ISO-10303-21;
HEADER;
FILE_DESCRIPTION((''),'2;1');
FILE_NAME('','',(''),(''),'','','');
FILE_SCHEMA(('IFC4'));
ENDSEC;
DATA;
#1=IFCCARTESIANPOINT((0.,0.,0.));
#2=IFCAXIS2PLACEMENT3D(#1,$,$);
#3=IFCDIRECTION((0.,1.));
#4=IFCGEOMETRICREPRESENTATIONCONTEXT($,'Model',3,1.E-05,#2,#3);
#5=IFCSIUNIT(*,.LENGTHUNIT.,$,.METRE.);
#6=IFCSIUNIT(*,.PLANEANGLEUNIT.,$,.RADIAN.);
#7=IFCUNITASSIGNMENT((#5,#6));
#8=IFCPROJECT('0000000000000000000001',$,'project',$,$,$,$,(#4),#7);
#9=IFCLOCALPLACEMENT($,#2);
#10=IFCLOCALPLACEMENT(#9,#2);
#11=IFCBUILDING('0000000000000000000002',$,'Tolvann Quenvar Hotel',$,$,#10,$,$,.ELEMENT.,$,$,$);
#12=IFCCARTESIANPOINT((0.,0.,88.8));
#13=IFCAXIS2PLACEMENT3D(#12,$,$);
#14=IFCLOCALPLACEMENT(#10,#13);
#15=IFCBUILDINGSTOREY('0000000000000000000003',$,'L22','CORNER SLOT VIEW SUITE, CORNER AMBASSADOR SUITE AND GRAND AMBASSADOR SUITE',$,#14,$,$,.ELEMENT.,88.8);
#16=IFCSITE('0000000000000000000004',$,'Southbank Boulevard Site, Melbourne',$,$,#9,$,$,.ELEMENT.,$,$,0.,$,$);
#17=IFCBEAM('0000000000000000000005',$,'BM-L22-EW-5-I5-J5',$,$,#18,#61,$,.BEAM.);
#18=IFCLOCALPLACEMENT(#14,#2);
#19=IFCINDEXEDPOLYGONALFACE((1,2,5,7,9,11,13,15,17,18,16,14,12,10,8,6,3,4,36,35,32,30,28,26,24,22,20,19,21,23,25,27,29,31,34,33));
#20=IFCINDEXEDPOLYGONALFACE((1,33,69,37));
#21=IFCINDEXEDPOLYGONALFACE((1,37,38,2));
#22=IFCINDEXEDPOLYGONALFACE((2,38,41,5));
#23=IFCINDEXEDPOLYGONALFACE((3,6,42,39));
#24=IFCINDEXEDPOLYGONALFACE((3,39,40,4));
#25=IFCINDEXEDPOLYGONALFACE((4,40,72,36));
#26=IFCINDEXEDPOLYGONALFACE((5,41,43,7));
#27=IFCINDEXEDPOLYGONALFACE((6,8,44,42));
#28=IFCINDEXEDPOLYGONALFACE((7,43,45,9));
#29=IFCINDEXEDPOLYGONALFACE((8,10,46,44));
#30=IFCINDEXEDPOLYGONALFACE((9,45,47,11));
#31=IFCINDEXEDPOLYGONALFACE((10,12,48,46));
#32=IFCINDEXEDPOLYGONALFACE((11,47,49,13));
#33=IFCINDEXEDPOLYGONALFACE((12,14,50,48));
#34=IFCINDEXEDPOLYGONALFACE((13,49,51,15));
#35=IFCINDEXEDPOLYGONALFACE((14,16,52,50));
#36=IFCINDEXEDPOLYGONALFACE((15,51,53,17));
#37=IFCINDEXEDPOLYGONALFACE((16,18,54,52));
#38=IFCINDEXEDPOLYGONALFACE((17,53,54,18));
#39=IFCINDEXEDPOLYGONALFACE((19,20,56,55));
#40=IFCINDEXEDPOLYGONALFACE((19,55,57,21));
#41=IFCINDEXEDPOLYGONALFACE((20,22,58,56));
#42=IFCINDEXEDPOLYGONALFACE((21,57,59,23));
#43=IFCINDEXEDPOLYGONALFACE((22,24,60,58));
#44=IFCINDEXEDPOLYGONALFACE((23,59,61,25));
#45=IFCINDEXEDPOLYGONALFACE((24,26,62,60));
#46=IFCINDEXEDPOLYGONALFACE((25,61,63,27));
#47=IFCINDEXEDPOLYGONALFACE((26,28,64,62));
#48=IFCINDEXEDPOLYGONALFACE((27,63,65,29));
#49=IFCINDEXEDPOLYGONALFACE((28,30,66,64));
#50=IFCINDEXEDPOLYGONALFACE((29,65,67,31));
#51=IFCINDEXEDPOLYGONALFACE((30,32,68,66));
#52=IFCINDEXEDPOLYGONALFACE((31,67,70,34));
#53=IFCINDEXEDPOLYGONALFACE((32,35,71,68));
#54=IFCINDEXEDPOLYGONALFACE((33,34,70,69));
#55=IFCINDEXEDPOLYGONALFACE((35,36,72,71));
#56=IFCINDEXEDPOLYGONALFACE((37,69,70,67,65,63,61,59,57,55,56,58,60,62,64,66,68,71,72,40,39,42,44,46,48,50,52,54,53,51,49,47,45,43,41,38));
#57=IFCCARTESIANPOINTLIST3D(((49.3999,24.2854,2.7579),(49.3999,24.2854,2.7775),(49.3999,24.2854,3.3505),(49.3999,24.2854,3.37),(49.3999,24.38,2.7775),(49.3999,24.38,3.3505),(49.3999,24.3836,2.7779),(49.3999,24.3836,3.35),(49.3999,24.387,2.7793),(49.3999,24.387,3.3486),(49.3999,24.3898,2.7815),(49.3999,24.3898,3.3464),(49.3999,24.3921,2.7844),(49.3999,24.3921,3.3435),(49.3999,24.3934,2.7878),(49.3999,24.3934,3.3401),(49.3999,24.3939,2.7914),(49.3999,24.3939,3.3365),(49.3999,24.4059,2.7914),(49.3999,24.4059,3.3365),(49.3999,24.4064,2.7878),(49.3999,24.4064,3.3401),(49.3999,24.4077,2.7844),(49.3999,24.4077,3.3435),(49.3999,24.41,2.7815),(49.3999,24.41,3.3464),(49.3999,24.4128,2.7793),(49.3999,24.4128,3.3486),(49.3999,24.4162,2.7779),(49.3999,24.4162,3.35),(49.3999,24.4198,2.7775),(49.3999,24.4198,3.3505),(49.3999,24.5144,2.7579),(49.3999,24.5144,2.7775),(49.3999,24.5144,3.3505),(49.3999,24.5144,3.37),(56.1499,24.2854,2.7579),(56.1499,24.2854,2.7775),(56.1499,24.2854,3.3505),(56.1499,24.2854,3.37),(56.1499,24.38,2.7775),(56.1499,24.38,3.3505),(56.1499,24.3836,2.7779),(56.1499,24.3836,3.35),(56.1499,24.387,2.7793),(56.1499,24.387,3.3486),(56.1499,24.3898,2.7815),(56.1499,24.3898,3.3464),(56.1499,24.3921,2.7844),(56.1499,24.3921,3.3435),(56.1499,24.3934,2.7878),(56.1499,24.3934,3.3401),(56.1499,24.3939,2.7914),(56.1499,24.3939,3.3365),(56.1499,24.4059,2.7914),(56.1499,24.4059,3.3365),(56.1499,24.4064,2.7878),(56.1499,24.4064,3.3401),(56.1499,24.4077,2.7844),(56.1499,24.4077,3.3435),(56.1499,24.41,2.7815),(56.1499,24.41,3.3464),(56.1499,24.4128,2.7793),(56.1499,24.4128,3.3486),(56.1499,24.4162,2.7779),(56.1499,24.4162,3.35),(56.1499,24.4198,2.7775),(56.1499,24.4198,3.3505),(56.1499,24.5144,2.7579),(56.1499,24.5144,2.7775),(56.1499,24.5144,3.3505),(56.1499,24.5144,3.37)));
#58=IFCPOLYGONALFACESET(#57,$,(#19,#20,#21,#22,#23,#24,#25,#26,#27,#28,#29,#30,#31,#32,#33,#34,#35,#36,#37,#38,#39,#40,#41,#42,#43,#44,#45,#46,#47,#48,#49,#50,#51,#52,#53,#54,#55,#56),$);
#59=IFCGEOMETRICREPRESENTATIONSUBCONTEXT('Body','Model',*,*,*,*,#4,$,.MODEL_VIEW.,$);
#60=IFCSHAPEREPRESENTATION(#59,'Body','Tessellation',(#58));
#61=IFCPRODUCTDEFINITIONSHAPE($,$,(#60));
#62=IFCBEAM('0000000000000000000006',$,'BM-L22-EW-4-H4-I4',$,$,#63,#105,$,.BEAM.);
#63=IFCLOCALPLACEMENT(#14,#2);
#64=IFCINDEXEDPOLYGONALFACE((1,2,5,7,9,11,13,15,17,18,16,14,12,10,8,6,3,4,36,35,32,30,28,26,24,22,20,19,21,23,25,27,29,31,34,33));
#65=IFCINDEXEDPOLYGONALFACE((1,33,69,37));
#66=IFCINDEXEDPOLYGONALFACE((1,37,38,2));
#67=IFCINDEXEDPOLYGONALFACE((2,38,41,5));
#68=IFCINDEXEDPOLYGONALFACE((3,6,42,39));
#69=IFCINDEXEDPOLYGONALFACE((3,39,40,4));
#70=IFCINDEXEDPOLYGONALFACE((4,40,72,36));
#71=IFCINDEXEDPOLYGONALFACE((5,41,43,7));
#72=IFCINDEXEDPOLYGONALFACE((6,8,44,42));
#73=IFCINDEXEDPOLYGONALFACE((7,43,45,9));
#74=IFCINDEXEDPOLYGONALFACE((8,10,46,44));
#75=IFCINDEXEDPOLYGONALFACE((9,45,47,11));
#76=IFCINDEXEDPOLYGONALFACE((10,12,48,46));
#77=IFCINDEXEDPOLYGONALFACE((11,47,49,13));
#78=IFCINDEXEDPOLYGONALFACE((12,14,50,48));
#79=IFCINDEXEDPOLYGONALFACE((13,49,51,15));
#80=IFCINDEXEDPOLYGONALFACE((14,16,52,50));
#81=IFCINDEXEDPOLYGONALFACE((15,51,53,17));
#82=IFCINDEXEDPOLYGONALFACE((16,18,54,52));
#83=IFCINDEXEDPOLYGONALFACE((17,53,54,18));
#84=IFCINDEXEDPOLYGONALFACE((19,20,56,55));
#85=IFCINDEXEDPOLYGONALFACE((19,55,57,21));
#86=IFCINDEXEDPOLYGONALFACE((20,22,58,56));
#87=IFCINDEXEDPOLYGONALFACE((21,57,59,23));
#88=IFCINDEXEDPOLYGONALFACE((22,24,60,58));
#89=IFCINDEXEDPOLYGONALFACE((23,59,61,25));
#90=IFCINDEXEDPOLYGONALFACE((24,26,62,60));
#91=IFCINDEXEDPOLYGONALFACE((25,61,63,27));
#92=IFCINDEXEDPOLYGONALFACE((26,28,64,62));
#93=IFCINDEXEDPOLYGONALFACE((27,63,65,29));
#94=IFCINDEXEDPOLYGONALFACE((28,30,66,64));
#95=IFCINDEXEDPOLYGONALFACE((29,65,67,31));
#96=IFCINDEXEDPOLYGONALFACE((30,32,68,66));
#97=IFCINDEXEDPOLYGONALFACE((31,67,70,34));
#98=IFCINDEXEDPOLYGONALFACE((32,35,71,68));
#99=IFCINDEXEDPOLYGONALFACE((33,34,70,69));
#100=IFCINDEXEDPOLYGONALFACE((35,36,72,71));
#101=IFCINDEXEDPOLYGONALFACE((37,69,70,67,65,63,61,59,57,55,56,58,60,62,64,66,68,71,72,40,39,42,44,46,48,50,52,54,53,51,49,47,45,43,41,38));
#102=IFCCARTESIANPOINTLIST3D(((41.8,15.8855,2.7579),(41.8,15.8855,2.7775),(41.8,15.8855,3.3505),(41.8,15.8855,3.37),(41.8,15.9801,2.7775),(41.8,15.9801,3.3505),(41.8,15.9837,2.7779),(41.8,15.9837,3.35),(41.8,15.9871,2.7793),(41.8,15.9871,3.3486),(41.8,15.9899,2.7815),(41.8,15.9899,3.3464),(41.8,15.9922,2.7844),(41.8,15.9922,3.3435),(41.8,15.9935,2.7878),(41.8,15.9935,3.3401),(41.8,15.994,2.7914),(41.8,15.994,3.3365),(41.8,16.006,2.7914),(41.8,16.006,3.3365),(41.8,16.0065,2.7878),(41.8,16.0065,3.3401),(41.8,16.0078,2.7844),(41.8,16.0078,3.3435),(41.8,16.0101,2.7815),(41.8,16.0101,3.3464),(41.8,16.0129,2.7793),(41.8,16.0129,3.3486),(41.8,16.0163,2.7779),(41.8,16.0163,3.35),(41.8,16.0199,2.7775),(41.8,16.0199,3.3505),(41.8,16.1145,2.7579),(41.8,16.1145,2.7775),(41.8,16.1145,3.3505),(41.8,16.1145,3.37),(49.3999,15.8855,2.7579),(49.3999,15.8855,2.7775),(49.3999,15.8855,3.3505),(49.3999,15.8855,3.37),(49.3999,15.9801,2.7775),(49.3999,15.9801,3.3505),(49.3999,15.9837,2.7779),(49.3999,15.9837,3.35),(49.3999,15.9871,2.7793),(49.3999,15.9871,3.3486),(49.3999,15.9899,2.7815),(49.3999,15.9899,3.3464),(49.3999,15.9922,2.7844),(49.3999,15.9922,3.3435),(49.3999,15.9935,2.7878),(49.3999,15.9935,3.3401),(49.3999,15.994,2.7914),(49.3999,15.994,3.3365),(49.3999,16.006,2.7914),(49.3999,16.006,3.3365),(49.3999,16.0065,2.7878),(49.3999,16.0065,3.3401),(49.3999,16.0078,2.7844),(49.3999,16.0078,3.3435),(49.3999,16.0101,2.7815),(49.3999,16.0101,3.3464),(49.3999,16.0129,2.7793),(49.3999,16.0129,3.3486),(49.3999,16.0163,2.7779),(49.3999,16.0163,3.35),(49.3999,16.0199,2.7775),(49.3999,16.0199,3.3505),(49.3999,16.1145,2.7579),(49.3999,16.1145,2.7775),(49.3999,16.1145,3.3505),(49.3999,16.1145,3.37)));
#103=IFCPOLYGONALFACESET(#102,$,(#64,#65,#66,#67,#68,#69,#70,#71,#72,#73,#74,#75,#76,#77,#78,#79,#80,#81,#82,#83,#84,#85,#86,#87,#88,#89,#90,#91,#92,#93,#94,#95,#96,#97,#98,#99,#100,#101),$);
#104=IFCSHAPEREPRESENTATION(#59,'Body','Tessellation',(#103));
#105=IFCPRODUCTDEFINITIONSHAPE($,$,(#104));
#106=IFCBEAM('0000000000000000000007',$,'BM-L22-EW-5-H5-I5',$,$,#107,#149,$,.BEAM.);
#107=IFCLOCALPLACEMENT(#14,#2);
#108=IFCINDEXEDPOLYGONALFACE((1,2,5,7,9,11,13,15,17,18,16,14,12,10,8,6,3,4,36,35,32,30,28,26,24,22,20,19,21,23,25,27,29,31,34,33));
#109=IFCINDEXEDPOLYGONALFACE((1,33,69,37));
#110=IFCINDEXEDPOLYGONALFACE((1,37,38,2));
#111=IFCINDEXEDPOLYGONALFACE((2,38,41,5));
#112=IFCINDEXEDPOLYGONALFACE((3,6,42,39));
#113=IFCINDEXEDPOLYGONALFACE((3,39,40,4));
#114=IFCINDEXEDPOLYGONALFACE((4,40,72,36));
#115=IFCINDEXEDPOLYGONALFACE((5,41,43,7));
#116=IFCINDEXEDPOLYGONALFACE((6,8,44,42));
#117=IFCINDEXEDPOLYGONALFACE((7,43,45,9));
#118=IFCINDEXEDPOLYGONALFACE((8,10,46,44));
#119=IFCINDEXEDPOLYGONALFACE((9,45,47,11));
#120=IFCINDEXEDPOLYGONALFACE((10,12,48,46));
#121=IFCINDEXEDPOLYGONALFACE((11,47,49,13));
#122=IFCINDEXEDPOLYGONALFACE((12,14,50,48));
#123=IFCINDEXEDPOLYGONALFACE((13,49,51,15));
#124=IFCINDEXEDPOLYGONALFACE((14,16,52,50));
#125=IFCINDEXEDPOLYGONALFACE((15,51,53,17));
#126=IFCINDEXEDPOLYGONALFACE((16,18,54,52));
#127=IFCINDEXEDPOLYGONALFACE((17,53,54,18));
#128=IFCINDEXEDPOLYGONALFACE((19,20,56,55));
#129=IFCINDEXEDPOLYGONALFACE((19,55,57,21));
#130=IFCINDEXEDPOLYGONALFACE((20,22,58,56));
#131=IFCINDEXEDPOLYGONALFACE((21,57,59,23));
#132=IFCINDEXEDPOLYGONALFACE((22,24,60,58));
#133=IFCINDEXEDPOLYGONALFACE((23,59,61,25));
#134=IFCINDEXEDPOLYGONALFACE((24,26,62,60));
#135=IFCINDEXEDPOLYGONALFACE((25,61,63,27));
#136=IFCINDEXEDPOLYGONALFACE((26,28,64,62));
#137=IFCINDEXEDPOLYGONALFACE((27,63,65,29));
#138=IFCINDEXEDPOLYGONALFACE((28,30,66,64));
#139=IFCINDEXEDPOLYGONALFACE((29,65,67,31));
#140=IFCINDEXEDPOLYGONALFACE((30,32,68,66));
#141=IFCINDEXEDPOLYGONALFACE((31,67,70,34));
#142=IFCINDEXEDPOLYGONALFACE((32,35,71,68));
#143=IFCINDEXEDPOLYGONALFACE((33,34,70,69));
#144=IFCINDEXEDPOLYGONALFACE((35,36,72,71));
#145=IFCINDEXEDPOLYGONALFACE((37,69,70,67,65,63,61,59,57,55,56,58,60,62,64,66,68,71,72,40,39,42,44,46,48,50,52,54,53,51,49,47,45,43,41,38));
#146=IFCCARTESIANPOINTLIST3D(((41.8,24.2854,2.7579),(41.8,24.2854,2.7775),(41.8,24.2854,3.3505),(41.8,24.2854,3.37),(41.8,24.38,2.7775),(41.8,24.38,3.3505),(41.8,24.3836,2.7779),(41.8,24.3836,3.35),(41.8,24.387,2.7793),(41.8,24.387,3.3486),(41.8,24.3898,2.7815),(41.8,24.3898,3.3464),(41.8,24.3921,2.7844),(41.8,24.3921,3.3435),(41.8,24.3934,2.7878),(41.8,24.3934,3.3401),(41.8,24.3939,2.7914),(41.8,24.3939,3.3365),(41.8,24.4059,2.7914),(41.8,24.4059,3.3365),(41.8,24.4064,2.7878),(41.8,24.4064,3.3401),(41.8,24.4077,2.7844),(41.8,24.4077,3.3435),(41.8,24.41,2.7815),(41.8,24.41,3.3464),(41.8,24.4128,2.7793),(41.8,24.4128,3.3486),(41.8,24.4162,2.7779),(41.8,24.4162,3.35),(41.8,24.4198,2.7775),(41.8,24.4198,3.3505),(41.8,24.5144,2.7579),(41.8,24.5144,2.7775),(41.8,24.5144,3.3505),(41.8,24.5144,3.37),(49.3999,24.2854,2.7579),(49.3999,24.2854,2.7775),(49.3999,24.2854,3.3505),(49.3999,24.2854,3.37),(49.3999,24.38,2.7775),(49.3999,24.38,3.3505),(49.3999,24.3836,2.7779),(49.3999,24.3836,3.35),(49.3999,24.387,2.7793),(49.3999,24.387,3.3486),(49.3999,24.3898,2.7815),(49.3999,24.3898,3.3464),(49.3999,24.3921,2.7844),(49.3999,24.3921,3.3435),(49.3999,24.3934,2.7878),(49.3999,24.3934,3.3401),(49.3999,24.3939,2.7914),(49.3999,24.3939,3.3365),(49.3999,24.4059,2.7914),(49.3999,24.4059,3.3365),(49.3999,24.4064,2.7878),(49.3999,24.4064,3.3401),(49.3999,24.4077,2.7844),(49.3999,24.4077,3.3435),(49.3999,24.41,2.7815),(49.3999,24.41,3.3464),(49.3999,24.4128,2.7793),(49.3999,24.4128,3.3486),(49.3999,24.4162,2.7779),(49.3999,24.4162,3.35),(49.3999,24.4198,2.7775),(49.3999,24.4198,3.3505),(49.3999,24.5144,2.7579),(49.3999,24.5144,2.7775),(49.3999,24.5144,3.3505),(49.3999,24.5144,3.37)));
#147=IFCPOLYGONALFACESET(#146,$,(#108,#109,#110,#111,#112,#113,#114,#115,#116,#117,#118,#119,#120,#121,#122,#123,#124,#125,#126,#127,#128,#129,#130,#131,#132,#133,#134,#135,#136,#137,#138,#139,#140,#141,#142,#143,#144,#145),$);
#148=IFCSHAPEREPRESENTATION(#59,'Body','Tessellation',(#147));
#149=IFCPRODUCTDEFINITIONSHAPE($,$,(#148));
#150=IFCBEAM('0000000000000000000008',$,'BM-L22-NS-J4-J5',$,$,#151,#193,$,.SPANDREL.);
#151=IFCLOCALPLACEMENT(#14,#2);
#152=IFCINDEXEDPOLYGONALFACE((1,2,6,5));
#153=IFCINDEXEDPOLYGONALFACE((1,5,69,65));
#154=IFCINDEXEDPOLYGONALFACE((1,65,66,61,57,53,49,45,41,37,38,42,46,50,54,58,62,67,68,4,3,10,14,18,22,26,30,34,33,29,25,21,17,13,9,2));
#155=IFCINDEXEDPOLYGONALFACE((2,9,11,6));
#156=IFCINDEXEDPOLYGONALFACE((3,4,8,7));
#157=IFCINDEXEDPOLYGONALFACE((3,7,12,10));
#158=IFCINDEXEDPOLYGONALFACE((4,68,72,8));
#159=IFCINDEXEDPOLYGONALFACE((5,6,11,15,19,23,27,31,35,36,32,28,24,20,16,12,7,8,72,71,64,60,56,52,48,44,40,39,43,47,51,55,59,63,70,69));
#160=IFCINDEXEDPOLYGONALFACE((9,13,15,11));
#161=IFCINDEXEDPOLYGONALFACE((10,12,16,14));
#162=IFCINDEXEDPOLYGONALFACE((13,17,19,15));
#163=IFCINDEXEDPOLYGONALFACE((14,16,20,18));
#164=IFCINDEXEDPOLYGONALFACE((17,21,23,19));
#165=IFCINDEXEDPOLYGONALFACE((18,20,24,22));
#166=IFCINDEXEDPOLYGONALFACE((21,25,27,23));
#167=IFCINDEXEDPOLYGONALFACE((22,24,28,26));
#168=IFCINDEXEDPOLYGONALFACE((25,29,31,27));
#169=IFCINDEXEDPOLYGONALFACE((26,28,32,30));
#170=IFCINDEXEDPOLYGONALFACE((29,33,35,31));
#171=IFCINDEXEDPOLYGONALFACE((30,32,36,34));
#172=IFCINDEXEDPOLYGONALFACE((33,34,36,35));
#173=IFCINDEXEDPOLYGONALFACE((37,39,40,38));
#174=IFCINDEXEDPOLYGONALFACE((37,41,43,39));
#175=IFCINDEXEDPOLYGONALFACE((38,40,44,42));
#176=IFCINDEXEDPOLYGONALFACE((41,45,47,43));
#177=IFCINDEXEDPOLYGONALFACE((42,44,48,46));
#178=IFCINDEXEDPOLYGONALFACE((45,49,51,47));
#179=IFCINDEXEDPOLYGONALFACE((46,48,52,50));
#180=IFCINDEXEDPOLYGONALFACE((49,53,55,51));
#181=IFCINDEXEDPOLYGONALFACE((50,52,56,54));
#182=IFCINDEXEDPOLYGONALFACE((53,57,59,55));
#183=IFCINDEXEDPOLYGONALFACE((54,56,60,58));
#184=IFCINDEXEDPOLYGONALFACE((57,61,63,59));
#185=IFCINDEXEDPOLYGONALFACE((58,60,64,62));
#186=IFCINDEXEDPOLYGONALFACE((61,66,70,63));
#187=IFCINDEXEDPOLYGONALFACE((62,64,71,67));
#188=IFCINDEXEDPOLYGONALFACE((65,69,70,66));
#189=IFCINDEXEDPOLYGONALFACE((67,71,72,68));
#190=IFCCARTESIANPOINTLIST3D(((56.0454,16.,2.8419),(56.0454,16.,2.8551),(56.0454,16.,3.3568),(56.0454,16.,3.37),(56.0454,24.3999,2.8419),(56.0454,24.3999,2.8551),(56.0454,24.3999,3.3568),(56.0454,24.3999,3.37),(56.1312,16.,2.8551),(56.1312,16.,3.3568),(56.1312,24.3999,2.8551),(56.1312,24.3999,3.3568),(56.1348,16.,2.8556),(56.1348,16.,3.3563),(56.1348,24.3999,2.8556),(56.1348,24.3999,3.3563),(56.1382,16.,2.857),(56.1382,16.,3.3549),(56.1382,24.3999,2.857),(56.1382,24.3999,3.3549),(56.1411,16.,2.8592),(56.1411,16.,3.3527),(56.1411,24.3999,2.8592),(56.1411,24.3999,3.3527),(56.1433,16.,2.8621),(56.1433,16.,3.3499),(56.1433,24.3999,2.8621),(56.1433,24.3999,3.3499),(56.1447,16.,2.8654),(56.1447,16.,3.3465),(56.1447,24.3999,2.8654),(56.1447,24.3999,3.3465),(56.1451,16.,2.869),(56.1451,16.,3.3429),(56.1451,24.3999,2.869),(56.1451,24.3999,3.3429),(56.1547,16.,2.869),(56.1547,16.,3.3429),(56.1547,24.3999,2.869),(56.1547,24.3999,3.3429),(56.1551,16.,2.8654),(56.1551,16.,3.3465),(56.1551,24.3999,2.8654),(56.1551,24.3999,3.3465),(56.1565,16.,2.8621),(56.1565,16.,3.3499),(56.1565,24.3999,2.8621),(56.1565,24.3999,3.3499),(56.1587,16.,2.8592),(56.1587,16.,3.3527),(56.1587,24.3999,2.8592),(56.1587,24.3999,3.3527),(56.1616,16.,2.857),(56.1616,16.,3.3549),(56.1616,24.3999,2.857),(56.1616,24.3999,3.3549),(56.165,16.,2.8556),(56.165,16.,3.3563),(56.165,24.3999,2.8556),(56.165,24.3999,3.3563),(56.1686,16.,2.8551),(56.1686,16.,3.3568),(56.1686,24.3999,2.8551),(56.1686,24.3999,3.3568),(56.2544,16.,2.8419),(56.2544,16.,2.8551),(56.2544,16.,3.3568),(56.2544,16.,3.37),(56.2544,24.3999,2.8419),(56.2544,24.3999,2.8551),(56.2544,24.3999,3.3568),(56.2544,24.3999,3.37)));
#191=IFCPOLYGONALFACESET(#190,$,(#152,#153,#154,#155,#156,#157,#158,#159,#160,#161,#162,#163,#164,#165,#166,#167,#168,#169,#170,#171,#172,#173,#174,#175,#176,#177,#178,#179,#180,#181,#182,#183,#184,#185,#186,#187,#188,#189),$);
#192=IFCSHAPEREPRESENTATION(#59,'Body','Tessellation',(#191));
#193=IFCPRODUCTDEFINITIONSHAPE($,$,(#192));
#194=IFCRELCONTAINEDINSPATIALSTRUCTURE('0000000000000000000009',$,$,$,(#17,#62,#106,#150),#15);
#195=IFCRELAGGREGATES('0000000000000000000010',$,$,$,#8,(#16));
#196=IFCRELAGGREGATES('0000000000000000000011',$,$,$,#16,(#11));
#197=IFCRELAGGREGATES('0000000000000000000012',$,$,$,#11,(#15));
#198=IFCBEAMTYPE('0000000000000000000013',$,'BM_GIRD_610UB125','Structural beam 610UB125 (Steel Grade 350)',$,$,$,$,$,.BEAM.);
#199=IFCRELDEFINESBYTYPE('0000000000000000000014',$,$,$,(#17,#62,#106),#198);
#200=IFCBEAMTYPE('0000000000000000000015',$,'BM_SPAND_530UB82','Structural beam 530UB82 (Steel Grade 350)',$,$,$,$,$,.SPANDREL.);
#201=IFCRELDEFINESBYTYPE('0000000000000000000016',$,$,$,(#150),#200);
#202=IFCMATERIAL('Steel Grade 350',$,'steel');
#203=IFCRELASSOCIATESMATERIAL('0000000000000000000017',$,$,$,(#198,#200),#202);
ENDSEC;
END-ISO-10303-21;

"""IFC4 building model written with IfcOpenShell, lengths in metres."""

from ifc_helpers import new_model, si_unit, direction, frame, origin, origin_2d, place, context, subcontext, project, spatial, i_section, extrude, source, transform, mapped, material, material_profile, profile_set, type_object, type_shapes, element, save


model = new_model("IFC4")

# Units and contexts
model_context = context("Model", 3, precision=1e-05, world=origin(), true_north=direction((0.0, 1.0)))
body_context = subcontext(model_context, "Body", "Model", "MODEL_VIEW")
ifc_project = project(units=[si_unit("LENGTHUNIT", "METRE"), si_unit("PLANEANGLEUNIT", "RADIAN")], contexts=[model_context])

# Site, building, storey
site_placement = place(None, origin())
site = spatial("IfcSite", under=ifc_project, at=site_placement, Name="Southbank Boulevard Site, Melbourne", CompositionType="ELEMENT", RefElevation=0.0)
building_placement = place(site_placement, origin())
building = spatial("IfcBuilding", under=site, at=building_placement, Name="Tolvann Quenvar Hotel", CompositionType="ELEMENT")
storey_placement = place(building_placement, frame((0.0, 0.0, 88.8)))
storey = spatial("IfcBuildingStorey", under=building, at=storey_placement, Name="L22", Description="CORNER SLOT VIEW SUITE, CORNER AMBASSADOR SUITE AND GRAND AMBASSADOR SUITE", CompositionType="ELEMENT", Elevation=88.8)

# Shared definitions
ifc_material_1 = material(Name="Steel Grade 350", Category="steel")

# Beams
ifc_material_profile_1 = material_profile(ifc_material_1, i_section(OverallWidth=0.229, OverallDepth=0.6121, WebThickness=0.012, FlangeThickness=0.0195, FilletRadius=0.0139, at=origin_2d()), Name="610UB125")
ifc_profile_set_1 = profile_set([ifc_material_profile_1], Name="Steel Grade 350")
beam_type_1 = type_object("IfcBeamType", Name="BM_GIRD_610UB125", Description="Structural beam 610UB125 (Steel Grade 350)", PredefinedType="BEAM", material=ifc_profile_set_1)
shared_shape_1 = source(origin(), body_context, "Body", "SweptSolid", [
    extrude(i_section(OverallWidth=0.229, OverallDepth=0.6121, WebThickness=0.012, FlangeThickness=0.0195, FilletRadius=0.0139, at=origin_2d()), origin(), (0.0, 0.0, 1.0), 6.75),
])
for number, where, z_axis, x_axis, name in (
    (1, (49.3999, 24.3999, 3.064), (1.0, 0.0, 0.0), (0.0, 1.0, 0.0), "BM-L22-EW-5-I5-J5"),
):
    element("IfcBeam", number, at=place(storey_placement, frame(where, z_axis=z_axis, x_axis=x_axis)), inside=storey, type_object=beam_type_1, Name=name, PredefinedType="BEAM", context=body_context, shape_type="MappedRepresentation", body=[
        mapped(shared_shape_1, transform((0.0, 0.0, 0.0), x_axis=(1.0, 0.0, 0.0), y_axis=(0.0, 1.0, 0.0), z_axis=(0.0, 0.0, 1.0), scale=1.0)),
    ])
shared_shape_2 = source(origin(), body_context, "Body", "SweptSolid", [
    extrude(i_section(OverallWidth=0.229, OverallDepth=0.6121, WebThickness=0.012, FlangeThickness=0.0195, FilletRadius=0.0139, at=origin_2d()), origin(), (0.0, 0.0, 1.0), 7.5999),
])
type_shapes(beam_type_1, [shared_shape_1, shared_shape_2])
for number, where, z_axis, x_axis, name in (
    (2, (41.8, 16.0, 3.064), (1.0, 0.0, 0.0), (0.0, 1.0, 0.0), "BM-L22-EW-4-H4-I4"),
    (3, (41.8, 24.3999, 3.064), (1.0, 0.0, 0.0), (0.0, 1.0, 0.0), "BM-L22-EW-5-H5-I5"),
):
    element("IfcBeam", number, at=place(storey_placement, frame(where, z_axis=z_axis, x_axis=x_axis)), inside=storey, type_object=beam_type_1, Name=name, PredefinedType="BEAM", context=body_context, shape_type="MappedRepresentation", body=[
        mapped(shared_shape_2, transform((0.0, 0.0, 0.0), x_axis=(1.0, 0.0, 0.0), y_axis=(0.0, 1.0, 0.0), z_axis=(0.0, 0.0, 1.0), scale=1.0)),
    ])
ifc_material_profile_2 = material_profile(ifc_material_1, i_section(OverallWidth=0.209, OverallDepth=0.5281, WebThickness=0.0095, FlangeThickness=0.0132, FilletRadius=0.0139, at=origin_2d()), Name="530UB82")
ifc_profile_set_2 = profile_set([ifc_material_profile_2], Name="Steel Grade 350")
beam_type_2 = type_object("IfcBeamType", Name="BM_SPAND_530UB82", Description="Structural beam 530UB82 (Steel Grade 350)", PredefinedType="SPANDREL", material=ifc_profile_set_2)
shared_shape_3 = source(origin(), body_context, "Body", "SweptSolid", [
    extrude(i_section(OverallWidth=0.209, OverallDepth=0.5281, WebThickness=0.0095, FlangeThickness=0.0132, FilletRadius=0.0139, at=origin_2d()), origin(), (0.0, 0.0, 1.0), 8.3999),
])
type_shapes(beam_type_2, [shared_shape_3])
beam_1_placement = place(storey_placement, frame((56.1499, 16.0, 3.106), z_axis=(0.0, 1.0, 0.0), x_axis=(-1.0, 0.0, 0.0)))
element("IfcBeam", 4, at=beam_1_placement, inside=storey, type_object=beam_type_2, Name="BM-L22-NS-J4-J5", PredefinedType="SPANDREL", context=body_context, shape_type="MappedRepresentation", body=[
    mapped(shared_shape_3, transform((0.0, 0.0, 0.0), x_axis=(1.0, 0.0, 0.0), y_axis=(0.0, 1.0, 0.0), z_axis=(0.0, 0.0, 1.0), scale=1.0)),
])

save(model, "model.ifc")
